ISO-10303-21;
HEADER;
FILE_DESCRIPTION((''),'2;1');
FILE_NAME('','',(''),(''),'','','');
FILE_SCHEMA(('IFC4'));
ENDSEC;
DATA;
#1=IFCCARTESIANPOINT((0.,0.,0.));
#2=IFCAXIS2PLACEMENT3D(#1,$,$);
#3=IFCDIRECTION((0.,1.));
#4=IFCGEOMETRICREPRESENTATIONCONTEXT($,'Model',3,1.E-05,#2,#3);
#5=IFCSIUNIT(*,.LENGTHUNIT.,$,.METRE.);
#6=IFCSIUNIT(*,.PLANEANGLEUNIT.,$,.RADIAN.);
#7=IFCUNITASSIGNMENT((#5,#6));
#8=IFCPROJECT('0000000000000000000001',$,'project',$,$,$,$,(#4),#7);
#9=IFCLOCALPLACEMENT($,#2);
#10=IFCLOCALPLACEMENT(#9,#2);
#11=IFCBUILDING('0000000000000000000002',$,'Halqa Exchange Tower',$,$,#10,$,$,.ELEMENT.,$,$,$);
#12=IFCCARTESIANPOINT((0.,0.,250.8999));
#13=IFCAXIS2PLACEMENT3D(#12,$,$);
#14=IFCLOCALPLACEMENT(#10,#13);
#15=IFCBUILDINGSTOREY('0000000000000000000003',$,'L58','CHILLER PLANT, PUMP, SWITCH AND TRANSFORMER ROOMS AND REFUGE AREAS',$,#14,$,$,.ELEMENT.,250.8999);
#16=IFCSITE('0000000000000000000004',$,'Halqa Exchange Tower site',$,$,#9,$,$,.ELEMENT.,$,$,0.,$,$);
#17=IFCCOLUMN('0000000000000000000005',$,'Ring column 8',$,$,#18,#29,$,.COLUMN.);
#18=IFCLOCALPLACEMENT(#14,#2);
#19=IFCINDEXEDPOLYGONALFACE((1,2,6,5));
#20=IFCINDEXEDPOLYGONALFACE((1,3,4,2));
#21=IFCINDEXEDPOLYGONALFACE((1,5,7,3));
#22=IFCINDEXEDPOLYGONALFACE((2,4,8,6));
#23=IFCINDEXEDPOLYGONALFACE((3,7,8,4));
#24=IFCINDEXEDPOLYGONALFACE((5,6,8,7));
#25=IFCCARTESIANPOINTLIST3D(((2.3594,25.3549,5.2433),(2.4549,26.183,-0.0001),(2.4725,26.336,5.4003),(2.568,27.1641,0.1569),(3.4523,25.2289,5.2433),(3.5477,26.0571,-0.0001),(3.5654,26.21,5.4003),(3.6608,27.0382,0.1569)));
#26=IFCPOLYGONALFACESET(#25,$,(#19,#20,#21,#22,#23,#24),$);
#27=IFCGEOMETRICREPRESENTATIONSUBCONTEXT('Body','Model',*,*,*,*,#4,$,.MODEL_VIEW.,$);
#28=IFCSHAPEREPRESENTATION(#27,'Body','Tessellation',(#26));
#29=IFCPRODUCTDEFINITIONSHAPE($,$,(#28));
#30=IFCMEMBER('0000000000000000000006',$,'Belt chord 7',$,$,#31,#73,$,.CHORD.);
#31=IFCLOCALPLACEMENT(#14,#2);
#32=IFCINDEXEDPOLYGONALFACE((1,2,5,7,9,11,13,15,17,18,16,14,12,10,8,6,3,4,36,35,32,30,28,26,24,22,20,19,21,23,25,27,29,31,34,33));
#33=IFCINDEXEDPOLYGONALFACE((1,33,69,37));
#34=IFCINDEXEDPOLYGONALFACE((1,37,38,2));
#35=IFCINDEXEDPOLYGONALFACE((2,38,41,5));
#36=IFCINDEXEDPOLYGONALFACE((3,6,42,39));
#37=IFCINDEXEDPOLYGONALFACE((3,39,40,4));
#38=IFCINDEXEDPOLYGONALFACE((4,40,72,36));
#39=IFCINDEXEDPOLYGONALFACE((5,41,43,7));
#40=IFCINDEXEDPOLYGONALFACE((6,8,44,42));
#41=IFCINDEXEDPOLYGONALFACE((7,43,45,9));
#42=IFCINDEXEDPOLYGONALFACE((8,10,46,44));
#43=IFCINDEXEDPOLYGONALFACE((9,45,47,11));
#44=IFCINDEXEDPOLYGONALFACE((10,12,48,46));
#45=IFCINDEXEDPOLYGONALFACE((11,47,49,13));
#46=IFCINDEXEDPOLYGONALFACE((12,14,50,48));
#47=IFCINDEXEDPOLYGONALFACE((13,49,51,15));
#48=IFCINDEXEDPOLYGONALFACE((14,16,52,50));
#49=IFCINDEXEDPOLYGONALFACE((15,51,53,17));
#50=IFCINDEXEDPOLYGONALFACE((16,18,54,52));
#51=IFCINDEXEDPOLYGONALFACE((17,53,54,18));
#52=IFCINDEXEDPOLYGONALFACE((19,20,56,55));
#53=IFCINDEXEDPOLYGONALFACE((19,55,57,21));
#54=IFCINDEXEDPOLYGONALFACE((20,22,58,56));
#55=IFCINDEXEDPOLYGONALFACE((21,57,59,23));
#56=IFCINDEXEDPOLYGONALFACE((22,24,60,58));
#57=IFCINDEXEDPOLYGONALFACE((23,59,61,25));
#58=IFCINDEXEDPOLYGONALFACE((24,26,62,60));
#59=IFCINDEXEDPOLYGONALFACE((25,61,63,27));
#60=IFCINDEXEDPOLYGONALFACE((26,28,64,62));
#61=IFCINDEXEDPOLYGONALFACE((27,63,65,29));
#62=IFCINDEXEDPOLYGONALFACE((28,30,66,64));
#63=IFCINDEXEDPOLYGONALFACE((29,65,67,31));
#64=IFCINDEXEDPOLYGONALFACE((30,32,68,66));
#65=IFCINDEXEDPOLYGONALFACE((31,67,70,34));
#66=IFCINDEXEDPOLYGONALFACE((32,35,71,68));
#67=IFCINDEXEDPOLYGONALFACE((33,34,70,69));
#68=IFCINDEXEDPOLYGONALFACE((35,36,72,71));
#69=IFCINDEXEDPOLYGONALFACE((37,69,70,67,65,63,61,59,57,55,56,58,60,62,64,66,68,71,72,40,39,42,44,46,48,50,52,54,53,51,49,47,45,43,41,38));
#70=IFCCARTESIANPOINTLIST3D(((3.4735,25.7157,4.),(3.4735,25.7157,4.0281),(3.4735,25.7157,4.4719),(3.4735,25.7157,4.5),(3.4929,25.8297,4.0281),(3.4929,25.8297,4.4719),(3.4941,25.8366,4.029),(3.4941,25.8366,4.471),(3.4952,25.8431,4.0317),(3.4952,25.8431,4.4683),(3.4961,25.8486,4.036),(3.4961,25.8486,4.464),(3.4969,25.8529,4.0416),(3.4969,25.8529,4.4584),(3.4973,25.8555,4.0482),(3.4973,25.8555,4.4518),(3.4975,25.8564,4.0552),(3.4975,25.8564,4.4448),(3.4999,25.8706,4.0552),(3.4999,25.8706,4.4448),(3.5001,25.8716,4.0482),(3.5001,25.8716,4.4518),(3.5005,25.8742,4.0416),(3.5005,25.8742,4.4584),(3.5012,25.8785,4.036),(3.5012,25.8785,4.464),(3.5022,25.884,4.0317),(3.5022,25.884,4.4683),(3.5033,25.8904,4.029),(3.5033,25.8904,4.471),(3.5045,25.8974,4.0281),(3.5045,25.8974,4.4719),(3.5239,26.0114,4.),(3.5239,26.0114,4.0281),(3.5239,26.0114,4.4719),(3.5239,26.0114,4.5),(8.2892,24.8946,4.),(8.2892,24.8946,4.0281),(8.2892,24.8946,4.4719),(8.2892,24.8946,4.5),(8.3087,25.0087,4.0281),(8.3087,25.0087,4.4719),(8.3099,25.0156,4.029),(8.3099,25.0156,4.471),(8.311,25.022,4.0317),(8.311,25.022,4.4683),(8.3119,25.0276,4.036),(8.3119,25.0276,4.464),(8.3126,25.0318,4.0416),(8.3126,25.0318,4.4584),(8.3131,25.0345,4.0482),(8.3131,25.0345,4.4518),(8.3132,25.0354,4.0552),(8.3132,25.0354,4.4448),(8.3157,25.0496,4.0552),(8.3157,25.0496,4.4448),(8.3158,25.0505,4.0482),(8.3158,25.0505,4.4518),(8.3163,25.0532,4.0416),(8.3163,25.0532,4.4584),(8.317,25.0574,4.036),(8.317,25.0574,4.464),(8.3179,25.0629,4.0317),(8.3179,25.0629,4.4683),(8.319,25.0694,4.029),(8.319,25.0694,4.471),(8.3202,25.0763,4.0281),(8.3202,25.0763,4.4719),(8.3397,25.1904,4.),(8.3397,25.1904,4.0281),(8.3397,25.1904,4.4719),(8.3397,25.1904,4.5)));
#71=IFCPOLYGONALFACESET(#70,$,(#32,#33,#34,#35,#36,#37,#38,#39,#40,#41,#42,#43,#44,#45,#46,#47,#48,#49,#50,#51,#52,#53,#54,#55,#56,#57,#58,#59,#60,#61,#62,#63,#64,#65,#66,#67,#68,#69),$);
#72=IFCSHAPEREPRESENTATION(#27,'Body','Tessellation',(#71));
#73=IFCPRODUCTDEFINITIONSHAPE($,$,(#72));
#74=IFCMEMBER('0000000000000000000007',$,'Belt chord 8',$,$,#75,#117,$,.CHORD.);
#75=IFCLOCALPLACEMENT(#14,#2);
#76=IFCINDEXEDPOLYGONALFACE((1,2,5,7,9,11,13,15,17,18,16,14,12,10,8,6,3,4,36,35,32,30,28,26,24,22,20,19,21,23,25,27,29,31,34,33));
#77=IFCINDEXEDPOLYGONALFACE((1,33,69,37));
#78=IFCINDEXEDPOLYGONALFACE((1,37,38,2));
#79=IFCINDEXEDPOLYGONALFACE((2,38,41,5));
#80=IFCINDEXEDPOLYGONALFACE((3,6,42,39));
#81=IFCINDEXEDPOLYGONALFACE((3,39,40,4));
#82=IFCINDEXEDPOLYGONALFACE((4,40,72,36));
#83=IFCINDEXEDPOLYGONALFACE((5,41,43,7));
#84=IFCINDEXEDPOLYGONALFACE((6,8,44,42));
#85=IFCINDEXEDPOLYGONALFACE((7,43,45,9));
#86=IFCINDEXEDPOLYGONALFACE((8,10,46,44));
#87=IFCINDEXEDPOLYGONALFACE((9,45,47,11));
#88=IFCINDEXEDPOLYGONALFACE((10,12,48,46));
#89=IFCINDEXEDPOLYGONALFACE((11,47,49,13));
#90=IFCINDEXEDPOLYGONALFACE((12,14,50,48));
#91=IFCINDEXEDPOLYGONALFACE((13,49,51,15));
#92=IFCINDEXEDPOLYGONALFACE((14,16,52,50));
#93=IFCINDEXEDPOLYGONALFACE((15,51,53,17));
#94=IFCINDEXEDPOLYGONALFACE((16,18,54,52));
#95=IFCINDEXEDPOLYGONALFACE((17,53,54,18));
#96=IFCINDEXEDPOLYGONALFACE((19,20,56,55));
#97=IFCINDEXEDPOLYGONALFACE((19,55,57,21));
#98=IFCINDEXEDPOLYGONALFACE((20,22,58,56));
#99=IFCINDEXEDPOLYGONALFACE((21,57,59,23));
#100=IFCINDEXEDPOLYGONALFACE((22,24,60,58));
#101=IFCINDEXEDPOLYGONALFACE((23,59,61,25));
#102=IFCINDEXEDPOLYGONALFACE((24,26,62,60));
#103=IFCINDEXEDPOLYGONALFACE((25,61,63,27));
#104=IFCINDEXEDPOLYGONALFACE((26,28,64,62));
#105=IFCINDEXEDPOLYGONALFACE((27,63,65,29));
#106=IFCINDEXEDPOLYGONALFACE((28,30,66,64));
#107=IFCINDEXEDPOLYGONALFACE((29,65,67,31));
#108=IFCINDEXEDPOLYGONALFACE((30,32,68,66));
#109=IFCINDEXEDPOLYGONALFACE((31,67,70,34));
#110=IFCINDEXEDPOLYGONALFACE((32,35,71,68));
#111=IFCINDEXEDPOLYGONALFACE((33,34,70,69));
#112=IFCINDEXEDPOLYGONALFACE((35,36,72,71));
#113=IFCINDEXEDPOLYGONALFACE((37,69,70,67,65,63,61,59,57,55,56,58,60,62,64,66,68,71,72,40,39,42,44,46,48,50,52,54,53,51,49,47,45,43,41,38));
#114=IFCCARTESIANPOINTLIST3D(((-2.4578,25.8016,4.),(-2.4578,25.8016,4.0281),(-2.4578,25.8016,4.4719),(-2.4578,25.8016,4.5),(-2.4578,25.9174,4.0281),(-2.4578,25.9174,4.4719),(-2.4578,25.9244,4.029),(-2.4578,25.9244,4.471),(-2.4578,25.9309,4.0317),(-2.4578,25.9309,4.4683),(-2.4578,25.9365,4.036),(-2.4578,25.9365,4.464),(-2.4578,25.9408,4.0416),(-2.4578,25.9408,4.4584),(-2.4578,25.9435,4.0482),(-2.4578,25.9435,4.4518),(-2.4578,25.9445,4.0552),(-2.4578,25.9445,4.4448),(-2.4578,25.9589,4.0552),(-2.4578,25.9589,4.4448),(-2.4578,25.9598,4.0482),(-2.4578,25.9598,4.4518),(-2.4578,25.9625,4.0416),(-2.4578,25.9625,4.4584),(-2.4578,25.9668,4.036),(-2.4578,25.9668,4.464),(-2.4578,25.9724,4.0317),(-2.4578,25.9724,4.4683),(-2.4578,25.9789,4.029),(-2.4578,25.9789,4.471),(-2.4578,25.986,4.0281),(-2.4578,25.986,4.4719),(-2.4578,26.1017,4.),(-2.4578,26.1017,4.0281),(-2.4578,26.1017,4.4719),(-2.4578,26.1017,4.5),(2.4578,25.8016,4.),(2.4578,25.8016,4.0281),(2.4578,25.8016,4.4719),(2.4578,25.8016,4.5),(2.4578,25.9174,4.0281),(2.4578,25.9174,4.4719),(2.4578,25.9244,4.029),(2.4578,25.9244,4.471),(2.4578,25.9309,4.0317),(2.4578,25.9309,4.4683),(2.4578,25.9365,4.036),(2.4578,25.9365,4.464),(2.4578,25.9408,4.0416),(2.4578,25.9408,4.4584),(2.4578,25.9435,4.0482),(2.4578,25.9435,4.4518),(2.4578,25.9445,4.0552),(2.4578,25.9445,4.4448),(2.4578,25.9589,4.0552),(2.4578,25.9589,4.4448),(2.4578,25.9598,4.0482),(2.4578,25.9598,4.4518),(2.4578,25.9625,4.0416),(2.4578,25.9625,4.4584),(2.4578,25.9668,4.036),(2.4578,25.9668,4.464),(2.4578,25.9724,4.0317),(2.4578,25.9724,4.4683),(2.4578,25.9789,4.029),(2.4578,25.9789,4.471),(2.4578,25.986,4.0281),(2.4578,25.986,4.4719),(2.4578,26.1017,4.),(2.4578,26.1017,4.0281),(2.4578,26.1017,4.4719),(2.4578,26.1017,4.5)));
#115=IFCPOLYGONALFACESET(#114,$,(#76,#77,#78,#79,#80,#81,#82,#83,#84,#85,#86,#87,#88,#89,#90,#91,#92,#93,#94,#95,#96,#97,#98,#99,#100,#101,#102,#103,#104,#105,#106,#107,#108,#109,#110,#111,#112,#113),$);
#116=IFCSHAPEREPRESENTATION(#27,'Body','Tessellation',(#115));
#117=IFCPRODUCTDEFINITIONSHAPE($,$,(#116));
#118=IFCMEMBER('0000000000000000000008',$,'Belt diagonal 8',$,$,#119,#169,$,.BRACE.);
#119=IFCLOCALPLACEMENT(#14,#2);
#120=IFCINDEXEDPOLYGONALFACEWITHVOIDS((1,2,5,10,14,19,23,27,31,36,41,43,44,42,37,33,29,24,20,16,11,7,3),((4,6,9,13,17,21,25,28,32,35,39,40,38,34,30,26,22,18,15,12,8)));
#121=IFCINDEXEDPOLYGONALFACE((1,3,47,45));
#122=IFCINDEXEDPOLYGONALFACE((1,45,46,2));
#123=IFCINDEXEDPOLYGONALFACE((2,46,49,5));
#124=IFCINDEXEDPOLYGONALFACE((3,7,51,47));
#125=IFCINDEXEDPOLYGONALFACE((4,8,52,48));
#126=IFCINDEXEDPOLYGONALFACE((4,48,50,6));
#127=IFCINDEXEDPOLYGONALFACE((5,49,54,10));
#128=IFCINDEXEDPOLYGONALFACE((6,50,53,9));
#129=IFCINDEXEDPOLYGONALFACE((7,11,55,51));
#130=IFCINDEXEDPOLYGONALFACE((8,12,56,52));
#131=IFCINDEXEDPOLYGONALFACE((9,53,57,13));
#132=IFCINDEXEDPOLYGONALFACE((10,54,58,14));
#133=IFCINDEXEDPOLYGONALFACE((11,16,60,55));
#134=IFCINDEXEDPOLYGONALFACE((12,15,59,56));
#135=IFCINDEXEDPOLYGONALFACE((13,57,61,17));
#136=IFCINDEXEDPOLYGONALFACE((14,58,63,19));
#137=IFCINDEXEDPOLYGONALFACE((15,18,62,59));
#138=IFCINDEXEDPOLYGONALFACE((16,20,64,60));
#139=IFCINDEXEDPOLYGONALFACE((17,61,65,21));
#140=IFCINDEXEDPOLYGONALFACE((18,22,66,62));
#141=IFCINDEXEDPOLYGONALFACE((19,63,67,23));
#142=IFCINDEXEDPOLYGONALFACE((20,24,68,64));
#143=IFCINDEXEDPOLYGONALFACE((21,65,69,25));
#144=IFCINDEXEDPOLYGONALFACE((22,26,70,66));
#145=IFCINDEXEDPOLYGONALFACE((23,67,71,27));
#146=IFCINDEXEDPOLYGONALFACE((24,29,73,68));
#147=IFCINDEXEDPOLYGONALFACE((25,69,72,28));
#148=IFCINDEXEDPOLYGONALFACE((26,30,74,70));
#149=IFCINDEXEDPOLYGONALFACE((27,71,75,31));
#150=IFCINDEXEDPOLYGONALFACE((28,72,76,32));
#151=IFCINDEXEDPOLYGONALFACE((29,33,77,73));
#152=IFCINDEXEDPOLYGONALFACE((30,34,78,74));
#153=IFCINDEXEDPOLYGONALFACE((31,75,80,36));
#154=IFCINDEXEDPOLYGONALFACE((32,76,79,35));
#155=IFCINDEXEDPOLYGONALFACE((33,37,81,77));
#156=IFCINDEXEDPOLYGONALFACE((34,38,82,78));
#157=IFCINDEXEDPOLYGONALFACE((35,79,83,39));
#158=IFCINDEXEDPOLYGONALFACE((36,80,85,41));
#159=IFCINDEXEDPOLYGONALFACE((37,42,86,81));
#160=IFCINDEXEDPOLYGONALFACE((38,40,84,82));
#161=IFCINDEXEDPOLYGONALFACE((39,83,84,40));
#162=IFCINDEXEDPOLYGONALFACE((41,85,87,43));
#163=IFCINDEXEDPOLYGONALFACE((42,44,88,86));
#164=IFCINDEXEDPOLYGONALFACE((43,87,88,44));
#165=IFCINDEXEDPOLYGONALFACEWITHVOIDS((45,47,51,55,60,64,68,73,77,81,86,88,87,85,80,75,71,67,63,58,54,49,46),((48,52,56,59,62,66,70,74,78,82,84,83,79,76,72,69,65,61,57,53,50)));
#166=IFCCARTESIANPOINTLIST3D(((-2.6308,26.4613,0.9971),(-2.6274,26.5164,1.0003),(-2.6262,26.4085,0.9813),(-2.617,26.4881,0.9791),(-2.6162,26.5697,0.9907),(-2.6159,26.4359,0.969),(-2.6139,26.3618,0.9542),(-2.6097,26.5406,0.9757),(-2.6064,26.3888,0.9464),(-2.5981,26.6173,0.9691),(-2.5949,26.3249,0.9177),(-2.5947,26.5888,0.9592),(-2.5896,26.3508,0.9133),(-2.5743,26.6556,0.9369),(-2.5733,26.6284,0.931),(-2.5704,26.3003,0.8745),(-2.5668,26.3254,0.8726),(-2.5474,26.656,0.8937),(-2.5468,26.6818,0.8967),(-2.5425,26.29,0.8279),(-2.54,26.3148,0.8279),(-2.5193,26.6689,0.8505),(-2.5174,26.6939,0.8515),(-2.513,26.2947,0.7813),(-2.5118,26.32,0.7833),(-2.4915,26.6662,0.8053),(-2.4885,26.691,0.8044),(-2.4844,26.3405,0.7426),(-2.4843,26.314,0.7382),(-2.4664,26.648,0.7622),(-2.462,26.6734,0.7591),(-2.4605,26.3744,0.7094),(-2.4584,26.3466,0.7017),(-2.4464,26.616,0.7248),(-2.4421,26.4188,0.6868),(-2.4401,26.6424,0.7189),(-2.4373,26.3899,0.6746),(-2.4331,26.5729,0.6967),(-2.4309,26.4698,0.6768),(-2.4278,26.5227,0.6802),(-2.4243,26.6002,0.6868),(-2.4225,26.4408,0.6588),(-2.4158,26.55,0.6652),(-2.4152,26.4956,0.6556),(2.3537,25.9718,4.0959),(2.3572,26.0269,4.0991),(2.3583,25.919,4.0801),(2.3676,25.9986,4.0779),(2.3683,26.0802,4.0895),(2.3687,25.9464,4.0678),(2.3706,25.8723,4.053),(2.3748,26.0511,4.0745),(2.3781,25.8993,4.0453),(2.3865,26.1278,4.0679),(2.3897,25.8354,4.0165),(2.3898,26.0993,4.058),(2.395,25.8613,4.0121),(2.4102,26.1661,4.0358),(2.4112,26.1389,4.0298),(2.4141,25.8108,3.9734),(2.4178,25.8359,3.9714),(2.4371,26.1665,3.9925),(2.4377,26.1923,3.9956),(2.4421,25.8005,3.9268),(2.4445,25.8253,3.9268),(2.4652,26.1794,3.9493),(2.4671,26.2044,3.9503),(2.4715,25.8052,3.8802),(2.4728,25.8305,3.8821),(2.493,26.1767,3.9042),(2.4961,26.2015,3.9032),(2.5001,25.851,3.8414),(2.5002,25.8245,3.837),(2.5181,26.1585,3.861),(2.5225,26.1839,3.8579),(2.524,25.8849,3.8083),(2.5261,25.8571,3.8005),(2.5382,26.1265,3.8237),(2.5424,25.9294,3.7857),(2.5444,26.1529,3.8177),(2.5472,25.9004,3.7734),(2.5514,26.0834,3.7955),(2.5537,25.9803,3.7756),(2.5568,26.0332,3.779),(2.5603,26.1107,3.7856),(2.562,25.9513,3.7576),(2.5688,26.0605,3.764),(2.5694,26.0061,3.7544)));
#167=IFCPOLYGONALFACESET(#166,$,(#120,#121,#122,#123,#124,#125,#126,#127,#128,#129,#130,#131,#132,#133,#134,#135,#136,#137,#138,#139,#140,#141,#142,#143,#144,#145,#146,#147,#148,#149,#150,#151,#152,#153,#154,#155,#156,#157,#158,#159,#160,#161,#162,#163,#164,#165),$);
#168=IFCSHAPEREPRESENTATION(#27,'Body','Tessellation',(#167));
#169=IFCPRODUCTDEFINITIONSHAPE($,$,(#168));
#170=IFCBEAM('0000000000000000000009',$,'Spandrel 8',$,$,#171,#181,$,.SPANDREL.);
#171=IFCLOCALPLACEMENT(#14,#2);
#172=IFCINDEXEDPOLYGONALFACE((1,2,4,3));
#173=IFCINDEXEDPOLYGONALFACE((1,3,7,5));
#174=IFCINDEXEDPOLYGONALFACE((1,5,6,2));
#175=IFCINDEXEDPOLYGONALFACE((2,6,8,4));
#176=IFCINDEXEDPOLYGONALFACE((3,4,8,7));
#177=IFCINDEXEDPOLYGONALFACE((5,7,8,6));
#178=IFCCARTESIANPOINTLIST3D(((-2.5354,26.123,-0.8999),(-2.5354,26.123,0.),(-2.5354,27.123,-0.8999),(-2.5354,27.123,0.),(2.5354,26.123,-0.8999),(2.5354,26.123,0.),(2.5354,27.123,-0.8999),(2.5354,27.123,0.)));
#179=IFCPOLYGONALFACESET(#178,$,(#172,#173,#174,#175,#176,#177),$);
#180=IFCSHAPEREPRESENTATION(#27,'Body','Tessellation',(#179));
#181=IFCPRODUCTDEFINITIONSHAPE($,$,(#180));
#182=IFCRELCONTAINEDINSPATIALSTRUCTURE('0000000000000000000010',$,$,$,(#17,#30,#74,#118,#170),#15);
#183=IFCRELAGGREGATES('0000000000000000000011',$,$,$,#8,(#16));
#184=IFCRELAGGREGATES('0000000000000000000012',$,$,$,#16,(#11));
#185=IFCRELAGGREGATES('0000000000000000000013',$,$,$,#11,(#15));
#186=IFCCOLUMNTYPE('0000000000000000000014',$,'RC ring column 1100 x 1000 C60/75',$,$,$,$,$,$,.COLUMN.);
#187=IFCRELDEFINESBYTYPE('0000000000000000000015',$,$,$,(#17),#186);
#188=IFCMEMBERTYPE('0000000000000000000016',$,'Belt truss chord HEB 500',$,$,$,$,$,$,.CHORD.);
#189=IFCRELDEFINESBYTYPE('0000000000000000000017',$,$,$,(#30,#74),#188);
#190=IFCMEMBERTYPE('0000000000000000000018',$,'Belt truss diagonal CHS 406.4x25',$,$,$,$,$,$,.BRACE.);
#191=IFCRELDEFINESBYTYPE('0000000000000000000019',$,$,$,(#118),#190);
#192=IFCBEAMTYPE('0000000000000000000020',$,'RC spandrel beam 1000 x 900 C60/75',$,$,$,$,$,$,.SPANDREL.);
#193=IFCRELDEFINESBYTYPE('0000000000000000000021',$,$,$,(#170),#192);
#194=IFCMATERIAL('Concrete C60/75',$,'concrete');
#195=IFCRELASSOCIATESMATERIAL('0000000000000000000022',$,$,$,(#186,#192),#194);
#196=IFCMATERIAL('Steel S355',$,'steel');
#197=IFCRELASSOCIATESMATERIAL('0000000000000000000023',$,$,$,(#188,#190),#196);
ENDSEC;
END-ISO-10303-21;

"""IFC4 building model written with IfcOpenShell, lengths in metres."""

from ifc_helpers import new_model, si_unit, direction, frame, origin, origin_2d, place, context, subcontext, project, spatial, rectangle, hollow_circle, i_section, extrude, material, material_profile, profile_set, type_object, element, save


model = new_model("IFC4")

# Units and contexts
model_context = context("Model", 3, precision=1e-05, world=origin(), true_north=direction((0.0, 1.0)))
body_context = subcontext(model_context, "Body", "Model", "MODEL_VIEW")
ifc_project = project(units=[si_unit("LENGTHUNIT", "METRE"), si_unit("PLANEANGLEUNIT", "RADIAN")], contexts=[model_context])

# Site, building, storey
site_placement = place(None, origin())
site = spatial("IfcSite", under=ifc_project, at=site_placement, Name="Halqa Exchange Tower site", CompositionType="ELEMENT", RefElevation=0.0)
building_placement = place(site_placement, origin())
building = spatial("IfcBuilding", under=site, at=building_placement, Name="Halqa Exchange Tower", CompositionType="ELEMENT")
storey_placement = place(building_placement, frame((0.0, 0.0, 250.8999)))
storey = spatial("IfcBuildingStorey", under=building, at=storey_placement, Name="L58", Description="CHILLER PLANT, PUMP, SWITCH AND TRANSFORMER ROOMS AND REFUGE AREAS", CompositionType="ELEMENT", Elevation=250.8999)

# Column
ifc_material_1 = material(Name="Concrete C60/75", Category="concrete")
ifc_material_profile_1 = material_profile(ifc_material_1, rectangle(XDim=1.1001, YDim=1.0, at=origin_2d()), Name="1100 x 1000")
ifc_profile_set_1 = profile_set([ifc_material_profile_1], Name="Concrete C60/75")
column_type = type_object("IfcColumnType", Name="RC ring column 1100 x 1000 C60/75", PredefinedType="COLUMN", material=ifc_profile_set_1)
column_placement = place(storey_placement, frame((3.0579, 26.6106, 0.0784), z_axis=(-0.01798, -0.155978, 0.987597), x_axis=(0.993422, -0.114513, 0.0)))
element("IfcColumn", 1, at=column_placement, inside=storey, type_object=column_type, Name="Ring column 8", PredefinedType="COLUMN", context=body_context, shape_type="SweptSolid", body=[
    extrude(rectangle(XDim=1.1001, YDim=1.0, at=origin_2d()), origin(), (0.0, 0.0, 1.0), 5.3093),
])

# Members
ifc_material_2 = material(Name="Steel S355", Category="steel")
ifc_material_profile_2 = material_profile(ifc_material_2, i_section(OverallWidth=0.3, OverallDepth=0.5, WebThickness=0.0144, FlangeThickness=0.0281, FilletRadius=0.0271, at=origin_2d()), Name="HEB 500")
ifc_profile_set_2 = profile_set([ifc_material_profile_2], Name="Steel S355")
member_type_1 = type_object("IfcMemberType", Name="Belt truss chord HEB 500", PredefinedType="CHORD", material=ifc_profile_set_2)
member_1_placement = place(storey_placement, frame((8.3145, 25.0425, 4.25), z_axis=(-0.985775, 0.168069, 0.0), x_axis=(-0.168069, -0.985775, 0.0)))
element("IfcMember", 2, at=member_1_placement, inside=storey, type_object=member_type_1, Name="Belt chord 7", PredefinedType="CHORD", context=body_context, shape_type="SweptSolid", body=[
    extrude(i_section(OverallWidth=0.3, OverallDepth=0.5, WebThickness=0.0144, FlangeThickness=0.0281, FilletRadius=0.0271, at=origin_2d()), origin(), (0.0, 0.0, 1.0), 4.8853),
])
member_2_placement = place(storey_placement, frame((2.4578, 25.9517, 4.25), z_axis=(-1.0, 0.0, 0.0), x_axis=(0.0, -1.0, 0.0)))
element("IfcMember", 3, at=member_2_placement, inside=storey, type_object=member_type_1, Name="Belt chord 8", PredefinedType="CHORD", context=body_context, shape_type="SweptSolid", body=[
    extrude(i_section(OverallWidth=0.3, OverallDepth=0.5, WebThickness=0.0144, FlangeThickness=0.0281, FilletRadius=0.0271, at=origin_2d()), origin(), (0.0, 0.0, 1.0), 4.9155),
])
ifc_material_profile_3 = material_profile(ifc_material_2, hollow_circle(Radius=0.2031, WallThickness=0.0249, at=origin_2d()), Name="CHS 406.4x25")
ifc_profile_set_3 = profile_set([ifc_material_profile_3], Name="Steel S355")
member_type_2 = type_object("IfcMemberType", Name="Belt truss diagonal CHS 406.4x25", PredefinedType="BRACE", material=ifc_profile_set_3)
member_3_placement = place(storey_placement, frame((2.4619, 26.0027, 3.9268), z_axis=(-0.846322, 0.083111, -0.526148), x_axis=(-0.097732, -0.995213, 0.0)))
element("IfcMember", 4, at=member_3_placement, inside=storey, type_object=member_type_2, Name="Belt diagonal 8", PredefinedType="BRACE", context=body_context, shape_type="SweptSolid", body=[
    extrude(hollow_circle(Radius=0.2031, WallThickness=0.0249, at=origin_2d()), origin(), (0.0, 0.0, 1.0), 5.8896),
])

# Beam
ifc_material_profile_4 = material_profile(ifc_material_1, rectangle(XDim=1.0, YDim=0.8999, at=origin_2d()), Name="1000 x 900")
ifc_profile_set_4 = profile_set([ifc_material_profile_4], Name="Concrete C60/75")
beam_type = type_object("IfcBeamType", Name="RC spandrel beam 1000 x 900 C60/75", PredefinedType="SPANDREL", material=ifc_profile_set_4)
beam_placement = place(storey_placement, frame((2.5354, 26.623, -0.45), z_axis=(-1.0, 0.0, 0.0), x_axis=(0.0, -1.0, 0.0)))
element("IfcBeam", 5, at=beam_placement, inside=storey, type_object=beam_type, Name="Spandrel 8", PredefinedType="SPANDREL", context=body_context, shape_type="SweptSolid", body=[
    extrude(rectangle(XDim=1.0, YDim=0.8999, at=origin_2d()), origin(), (0.0, 0.0, 1.0), 5.0708),
])

save(model, "model.ifc")
